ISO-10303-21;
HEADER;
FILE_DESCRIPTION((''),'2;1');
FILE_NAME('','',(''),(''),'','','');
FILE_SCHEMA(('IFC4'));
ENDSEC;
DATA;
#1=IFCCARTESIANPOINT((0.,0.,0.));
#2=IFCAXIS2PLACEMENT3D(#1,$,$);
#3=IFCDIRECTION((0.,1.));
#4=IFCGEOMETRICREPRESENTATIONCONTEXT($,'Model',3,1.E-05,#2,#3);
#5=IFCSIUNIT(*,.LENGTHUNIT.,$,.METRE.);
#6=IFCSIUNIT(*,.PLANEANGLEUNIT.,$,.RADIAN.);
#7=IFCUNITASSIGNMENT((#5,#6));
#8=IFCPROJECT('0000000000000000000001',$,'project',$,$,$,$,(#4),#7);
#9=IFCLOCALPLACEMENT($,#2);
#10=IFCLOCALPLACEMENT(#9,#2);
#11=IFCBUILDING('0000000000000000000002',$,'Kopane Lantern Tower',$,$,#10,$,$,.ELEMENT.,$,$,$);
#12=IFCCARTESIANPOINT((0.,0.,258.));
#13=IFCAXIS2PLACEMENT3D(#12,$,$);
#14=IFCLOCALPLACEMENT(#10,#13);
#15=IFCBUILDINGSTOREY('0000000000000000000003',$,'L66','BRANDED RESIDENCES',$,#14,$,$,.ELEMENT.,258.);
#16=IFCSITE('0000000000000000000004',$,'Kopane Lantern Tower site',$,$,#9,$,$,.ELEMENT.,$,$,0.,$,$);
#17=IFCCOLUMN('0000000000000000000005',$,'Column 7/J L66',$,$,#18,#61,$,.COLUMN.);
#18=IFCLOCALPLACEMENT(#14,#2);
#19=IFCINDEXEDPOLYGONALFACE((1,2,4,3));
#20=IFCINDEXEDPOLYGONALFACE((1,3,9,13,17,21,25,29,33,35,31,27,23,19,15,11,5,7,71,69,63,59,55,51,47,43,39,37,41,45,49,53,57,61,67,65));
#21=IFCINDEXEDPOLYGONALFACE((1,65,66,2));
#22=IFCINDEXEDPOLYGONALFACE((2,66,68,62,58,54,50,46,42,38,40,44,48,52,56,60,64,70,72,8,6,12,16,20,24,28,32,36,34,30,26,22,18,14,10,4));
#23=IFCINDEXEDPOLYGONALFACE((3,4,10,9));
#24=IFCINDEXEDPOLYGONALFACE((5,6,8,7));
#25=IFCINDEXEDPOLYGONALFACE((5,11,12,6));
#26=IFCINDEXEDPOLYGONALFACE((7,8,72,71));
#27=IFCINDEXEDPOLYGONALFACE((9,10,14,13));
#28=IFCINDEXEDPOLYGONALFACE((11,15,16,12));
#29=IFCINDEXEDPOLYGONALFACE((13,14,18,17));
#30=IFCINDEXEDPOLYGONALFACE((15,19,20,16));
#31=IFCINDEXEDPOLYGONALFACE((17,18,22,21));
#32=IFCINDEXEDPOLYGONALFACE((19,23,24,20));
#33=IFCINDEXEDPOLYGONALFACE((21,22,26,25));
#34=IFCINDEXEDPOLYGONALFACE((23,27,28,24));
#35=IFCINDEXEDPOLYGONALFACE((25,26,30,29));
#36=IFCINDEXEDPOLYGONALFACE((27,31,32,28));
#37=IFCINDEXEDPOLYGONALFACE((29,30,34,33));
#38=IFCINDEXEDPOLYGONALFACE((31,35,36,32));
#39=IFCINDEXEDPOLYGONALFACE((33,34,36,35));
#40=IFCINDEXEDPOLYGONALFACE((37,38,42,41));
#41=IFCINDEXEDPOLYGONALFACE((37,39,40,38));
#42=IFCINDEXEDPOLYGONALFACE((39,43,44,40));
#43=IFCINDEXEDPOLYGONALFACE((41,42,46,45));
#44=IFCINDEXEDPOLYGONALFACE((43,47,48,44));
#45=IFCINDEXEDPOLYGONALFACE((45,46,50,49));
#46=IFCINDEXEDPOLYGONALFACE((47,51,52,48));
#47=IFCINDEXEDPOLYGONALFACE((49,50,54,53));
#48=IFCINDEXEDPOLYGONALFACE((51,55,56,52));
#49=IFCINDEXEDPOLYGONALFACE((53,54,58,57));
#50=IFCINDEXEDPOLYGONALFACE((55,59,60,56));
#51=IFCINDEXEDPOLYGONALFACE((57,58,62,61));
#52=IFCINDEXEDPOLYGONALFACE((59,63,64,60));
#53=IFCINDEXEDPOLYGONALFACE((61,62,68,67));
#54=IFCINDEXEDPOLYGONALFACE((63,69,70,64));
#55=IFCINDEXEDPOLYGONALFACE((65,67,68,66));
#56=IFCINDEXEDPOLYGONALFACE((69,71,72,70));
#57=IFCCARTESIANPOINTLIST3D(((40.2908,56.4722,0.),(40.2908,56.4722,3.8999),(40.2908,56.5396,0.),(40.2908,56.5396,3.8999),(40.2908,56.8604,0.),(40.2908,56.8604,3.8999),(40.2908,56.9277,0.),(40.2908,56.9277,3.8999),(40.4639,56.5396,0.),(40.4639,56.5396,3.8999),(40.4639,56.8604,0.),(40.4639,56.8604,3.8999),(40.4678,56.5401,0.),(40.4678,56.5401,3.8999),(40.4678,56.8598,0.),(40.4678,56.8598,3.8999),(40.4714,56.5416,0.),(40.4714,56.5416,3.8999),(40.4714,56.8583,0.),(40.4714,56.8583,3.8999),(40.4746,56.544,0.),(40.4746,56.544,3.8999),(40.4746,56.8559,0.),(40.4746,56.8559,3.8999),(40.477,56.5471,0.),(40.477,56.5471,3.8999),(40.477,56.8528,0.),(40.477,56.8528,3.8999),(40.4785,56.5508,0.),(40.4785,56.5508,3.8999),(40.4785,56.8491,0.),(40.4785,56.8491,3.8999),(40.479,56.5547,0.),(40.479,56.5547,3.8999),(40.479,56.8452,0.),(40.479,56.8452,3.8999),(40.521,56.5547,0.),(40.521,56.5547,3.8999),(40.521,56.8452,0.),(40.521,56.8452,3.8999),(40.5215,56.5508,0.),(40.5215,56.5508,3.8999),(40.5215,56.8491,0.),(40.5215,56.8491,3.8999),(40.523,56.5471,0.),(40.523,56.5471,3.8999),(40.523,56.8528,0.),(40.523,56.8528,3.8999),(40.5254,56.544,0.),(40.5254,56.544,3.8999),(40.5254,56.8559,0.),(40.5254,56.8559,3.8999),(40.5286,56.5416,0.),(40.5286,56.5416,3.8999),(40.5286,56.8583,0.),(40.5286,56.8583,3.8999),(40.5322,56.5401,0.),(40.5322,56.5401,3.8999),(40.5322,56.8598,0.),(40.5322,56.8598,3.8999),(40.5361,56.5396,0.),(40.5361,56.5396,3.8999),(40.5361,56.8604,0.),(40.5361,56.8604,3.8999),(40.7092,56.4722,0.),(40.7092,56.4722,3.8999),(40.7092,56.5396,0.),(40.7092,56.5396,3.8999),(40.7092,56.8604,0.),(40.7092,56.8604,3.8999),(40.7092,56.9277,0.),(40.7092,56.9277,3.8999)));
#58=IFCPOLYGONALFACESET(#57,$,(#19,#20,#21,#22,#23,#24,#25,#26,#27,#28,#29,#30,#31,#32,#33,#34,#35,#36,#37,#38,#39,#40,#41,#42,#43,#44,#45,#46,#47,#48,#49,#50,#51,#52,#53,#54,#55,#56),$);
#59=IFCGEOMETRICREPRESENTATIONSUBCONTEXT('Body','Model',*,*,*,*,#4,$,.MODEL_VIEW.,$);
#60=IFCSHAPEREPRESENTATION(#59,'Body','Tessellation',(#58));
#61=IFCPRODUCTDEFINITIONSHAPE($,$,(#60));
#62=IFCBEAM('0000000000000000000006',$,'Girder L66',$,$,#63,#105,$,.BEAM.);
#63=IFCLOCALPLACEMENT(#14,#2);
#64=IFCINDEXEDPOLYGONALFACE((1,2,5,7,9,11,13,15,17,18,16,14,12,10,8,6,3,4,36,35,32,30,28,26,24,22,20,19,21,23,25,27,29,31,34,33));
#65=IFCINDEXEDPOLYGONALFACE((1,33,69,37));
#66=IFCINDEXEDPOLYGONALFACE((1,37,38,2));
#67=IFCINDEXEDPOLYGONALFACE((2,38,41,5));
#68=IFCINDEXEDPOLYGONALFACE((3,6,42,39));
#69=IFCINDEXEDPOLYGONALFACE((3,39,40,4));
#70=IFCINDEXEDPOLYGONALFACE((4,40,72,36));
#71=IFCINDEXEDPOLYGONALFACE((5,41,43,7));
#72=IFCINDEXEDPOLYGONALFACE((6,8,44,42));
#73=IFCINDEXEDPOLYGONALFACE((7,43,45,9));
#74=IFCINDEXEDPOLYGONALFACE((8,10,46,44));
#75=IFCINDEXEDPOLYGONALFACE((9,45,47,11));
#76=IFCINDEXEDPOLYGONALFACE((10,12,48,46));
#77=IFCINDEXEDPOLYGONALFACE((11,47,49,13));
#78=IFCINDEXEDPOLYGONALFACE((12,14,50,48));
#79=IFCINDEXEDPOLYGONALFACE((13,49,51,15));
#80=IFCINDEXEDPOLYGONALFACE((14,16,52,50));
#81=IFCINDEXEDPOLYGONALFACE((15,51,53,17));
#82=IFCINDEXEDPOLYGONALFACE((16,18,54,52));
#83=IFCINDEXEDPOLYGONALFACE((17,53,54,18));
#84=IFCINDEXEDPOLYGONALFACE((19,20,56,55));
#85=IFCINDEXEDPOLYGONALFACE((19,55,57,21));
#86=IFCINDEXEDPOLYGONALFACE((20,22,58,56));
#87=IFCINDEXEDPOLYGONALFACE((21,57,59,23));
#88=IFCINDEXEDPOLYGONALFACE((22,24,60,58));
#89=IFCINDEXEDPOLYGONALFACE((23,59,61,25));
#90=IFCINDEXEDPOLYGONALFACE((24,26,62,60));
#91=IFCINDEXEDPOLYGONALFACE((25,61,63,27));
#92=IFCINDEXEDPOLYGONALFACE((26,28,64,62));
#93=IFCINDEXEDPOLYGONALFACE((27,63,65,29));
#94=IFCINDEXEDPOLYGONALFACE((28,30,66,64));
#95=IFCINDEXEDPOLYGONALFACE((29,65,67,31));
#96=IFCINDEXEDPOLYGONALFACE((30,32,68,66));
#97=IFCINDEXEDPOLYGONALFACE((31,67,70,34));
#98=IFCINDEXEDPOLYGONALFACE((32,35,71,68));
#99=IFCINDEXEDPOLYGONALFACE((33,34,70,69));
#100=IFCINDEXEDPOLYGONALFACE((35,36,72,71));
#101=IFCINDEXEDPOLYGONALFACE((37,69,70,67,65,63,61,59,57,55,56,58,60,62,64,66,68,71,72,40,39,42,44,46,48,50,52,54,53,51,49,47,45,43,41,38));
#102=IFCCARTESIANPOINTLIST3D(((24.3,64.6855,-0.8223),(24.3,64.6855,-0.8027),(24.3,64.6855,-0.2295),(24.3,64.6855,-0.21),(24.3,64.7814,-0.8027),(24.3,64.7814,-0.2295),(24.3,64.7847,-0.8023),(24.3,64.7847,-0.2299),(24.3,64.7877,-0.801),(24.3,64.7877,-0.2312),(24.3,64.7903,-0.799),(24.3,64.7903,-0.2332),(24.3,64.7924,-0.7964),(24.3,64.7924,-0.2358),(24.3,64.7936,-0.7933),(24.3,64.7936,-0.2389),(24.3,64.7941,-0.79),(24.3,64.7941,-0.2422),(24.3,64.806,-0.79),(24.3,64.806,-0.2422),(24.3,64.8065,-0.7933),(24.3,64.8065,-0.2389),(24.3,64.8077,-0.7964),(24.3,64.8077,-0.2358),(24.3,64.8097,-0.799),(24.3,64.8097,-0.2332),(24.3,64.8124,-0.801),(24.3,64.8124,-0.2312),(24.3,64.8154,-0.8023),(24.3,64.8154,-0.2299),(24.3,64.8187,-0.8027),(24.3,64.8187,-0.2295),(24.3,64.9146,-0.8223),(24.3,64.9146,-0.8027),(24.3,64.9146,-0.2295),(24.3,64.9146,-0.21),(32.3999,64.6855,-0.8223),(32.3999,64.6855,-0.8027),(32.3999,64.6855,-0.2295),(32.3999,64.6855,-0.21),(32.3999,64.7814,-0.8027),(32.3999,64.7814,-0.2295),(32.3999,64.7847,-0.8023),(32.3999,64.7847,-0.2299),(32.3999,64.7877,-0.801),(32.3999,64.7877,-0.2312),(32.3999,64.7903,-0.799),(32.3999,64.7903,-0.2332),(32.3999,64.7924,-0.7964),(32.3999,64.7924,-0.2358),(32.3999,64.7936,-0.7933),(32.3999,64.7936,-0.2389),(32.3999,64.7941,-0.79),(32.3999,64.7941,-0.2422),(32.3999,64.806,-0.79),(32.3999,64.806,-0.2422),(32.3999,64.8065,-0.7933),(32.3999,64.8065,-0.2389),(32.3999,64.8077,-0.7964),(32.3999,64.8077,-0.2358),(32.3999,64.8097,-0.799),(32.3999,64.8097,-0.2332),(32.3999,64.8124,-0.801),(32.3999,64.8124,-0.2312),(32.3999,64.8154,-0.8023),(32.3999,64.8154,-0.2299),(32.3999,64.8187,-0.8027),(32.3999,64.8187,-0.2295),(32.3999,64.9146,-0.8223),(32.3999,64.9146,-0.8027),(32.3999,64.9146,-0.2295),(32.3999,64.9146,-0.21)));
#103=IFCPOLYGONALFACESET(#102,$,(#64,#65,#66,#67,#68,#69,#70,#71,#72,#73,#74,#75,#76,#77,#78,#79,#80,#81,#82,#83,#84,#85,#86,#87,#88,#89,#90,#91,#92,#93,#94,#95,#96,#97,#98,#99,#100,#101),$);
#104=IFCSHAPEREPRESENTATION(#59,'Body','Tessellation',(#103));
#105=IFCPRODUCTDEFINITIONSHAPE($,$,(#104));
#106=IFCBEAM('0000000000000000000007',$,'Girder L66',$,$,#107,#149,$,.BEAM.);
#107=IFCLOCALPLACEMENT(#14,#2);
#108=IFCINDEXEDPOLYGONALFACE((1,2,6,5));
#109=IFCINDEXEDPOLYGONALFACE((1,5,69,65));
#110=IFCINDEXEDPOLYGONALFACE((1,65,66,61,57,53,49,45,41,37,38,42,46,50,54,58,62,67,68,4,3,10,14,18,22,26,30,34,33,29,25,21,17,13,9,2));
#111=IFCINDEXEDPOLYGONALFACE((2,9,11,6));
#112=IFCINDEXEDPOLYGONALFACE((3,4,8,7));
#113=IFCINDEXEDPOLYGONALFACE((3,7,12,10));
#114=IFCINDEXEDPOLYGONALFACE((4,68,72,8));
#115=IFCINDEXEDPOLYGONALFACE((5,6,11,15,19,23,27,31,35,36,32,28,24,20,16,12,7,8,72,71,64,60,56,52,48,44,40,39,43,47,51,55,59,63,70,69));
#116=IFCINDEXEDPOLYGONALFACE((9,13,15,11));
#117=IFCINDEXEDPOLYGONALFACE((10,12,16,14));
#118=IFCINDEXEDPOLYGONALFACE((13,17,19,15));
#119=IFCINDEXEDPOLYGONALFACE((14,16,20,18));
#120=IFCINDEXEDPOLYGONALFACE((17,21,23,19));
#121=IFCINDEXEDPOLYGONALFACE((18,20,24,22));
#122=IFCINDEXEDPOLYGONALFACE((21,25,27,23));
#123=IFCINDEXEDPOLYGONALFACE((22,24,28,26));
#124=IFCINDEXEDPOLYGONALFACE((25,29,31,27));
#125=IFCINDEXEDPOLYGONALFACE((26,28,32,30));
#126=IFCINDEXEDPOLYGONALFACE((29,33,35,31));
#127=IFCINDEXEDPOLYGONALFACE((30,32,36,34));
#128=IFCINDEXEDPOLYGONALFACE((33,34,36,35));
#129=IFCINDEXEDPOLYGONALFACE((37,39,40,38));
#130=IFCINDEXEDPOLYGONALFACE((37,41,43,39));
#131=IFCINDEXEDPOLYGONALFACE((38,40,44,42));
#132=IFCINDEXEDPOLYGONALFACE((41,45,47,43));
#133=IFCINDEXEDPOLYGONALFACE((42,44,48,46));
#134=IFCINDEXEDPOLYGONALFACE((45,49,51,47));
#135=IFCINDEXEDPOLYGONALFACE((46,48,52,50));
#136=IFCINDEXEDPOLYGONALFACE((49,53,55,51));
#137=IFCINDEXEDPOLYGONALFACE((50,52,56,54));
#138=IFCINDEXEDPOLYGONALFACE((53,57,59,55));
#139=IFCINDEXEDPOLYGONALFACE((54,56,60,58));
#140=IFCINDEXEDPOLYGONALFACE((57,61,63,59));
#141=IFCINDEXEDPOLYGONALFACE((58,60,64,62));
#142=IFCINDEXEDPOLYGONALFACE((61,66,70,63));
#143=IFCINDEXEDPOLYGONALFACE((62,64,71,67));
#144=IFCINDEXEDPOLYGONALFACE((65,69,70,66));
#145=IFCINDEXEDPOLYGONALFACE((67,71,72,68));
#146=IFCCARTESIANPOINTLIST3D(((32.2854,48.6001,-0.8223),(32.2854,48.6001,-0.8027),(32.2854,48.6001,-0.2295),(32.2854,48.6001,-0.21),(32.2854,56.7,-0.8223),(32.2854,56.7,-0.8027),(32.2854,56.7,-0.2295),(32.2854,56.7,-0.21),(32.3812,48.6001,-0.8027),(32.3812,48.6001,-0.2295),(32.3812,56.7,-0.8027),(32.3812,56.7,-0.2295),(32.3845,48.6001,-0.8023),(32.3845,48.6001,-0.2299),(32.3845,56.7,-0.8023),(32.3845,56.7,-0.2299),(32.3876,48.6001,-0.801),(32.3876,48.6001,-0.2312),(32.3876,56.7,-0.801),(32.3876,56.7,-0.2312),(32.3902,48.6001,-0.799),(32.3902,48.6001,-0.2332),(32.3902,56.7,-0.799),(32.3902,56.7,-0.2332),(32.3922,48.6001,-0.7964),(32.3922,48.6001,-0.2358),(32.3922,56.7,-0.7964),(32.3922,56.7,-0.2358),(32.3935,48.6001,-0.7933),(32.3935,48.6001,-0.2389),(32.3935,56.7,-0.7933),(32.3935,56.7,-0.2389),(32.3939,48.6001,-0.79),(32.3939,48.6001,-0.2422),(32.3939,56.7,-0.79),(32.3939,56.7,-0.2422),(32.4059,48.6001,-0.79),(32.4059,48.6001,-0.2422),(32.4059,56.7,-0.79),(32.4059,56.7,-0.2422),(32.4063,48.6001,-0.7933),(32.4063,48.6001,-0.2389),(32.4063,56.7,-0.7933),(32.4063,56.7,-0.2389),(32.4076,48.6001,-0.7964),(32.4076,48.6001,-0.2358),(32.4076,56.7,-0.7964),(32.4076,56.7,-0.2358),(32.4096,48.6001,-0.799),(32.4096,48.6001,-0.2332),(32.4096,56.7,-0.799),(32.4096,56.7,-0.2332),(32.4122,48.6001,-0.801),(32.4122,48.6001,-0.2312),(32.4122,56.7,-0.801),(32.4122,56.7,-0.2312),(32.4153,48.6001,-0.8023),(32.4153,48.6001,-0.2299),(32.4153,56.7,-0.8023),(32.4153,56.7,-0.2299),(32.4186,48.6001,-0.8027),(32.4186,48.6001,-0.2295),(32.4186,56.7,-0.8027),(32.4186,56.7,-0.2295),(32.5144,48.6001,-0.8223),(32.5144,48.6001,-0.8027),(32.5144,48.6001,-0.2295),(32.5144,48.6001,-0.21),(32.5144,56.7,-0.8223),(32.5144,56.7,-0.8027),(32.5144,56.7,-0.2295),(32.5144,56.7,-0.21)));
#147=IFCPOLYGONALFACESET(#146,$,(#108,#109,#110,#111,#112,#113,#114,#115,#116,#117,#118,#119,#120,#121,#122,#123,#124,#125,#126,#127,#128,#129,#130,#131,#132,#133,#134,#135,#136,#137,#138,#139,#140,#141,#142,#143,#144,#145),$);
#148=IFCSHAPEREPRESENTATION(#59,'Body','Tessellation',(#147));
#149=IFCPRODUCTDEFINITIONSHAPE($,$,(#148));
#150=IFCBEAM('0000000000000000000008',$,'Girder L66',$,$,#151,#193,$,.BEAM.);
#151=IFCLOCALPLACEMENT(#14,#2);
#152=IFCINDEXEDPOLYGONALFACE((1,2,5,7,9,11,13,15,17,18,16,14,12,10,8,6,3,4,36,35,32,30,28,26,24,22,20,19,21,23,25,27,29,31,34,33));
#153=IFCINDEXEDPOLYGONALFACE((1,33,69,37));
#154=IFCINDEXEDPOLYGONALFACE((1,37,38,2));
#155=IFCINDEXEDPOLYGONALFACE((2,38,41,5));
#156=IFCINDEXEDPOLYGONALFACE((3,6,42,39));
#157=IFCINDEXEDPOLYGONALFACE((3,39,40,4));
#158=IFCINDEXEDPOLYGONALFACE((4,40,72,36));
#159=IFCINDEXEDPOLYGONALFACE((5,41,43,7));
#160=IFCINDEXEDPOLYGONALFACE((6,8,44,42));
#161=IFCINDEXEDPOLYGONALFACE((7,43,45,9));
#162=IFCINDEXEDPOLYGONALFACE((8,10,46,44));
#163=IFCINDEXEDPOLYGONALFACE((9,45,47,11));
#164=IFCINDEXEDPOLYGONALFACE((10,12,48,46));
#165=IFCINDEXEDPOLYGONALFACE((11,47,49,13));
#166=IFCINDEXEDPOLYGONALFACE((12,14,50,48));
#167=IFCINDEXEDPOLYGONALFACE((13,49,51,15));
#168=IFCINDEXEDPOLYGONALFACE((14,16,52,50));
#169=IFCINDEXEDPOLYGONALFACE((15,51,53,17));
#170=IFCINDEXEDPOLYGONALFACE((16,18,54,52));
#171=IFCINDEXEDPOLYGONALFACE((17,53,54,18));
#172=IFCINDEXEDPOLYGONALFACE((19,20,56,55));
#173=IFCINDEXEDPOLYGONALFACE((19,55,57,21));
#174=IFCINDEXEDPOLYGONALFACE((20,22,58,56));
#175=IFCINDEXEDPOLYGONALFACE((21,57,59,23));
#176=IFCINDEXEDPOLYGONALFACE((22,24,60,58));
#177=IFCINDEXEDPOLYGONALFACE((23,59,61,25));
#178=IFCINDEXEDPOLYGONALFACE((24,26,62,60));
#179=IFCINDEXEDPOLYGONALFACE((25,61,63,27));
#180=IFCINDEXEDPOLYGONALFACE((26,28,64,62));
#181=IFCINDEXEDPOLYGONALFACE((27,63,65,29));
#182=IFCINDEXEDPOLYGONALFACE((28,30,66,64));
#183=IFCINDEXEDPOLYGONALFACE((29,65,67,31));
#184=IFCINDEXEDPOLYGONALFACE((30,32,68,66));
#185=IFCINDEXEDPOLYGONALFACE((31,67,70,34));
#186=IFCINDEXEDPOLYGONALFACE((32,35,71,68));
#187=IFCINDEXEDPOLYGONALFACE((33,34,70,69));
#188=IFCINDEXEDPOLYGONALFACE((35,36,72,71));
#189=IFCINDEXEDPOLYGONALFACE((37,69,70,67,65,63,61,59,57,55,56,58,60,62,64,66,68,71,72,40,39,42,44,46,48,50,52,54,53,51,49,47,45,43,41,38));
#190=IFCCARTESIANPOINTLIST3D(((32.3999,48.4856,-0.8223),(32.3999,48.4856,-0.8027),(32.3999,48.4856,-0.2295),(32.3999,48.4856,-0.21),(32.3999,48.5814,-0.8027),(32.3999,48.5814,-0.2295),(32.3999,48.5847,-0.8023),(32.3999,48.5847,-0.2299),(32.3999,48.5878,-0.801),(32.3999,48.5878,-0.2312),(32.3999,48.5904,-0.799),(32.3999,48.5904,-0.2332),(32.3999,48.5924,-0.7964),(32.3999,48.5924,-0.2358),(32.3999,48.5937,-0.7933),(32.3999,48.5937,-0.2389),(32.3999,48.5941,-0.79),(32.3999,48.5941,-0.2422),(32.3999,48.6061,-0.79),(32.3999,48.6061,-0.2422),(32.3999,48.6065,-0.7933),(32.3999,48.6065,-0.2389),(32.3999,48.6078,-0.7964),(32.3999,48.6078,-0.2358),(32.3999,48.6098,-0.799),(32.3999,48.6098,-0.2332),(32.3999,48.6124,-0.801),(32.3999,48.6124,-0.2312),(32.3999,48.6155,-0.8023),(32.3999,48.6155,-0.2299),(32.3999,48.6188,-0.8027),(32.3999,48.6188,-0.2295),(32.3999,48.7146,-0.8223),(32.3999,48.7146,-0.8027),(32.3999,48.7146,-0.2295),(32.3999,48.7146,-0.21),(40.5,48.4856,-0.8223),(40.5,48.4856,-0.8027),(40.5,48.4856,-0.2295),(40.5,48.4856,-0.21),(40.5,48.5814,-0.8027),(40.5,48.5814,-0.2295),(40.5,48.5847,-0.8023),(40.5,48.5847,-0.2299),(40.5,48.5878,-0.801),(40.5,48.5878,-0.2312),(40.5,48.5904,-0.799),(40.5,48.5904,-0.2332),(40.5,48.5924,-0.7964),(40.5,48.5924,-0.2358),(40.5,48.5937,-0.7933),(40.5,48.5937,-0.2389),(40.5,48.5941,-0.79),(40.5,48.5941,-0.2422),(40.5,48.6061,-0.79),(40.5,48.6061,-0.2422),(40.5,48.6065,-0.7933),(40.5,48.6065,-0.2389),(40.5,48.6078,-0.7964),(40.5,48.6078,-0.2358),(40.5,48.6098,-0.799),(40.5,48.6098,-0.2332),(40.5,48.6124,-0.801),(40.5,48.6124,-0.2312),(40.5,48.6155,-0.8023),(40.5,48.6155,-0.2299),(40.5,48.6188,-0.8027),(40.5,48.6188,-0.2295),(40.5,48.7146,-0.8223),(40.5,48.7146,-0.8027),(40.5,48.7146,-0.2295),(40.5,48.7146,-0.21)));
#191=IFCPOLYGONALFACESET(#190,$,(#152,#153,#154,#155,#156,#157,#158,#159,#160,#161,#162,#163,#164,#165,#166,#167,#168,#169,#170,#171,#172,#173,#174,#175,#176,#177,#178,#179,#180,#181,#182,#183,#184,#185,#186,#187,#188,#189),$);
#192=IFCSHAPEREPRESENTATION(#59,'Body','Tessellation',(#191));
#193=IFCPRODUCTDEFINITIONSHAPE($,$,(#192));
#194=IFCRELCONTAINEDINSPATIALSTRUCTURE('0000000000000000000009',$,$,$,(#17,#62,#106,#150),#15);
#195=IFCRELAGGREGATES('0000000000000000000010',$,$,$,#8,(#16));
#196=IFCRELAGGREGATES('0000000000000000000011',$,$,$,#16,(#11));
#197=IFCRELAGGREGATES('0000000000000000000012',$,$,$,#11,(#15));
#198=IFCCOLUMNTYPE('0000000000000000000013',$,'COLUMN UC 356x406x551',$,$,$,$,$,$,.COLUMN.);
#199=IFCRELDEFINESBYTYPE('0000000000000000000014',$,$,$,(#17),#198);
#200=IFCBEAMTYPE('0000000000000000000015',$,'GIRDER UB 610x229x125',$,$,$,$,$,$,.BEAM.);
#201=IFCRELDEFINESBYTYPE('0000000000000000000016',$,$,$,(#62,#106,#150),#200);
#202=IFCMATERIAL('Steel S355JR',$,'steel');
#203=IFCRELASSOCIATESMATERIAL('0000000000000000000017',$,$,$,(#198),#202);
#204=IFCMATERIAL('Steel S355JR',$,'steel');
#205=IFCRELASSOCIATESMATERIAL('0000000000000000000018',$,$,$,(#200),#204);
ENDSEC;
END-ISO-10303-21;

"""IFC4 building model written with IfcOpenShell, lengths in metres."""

from ifc_helpers import new_model, si_unit, direction, frame, origin, origin_2d, place, context, subcontext, project, spatial, i_section, extrude, material, material_profile, profile_set, type_object, element, save


model = new_model("IFC4")

# Units and contexts
model_context = context("Model", 3, precision=1e-05, world=origin(), true_north=direction((0.0, 1.0)))
body_context = subcontext(model_context, "Body", "Model", "MODEL_VIEW")
ifc_project = project(units=[si_unit("LENGTHUNIT", "METRE"), si_unit("PLANEANGLEUNIT", "RADIAN")], contexts=[model_context])

# Site, building, storey
site_placement = place(None, origin())
site = spatial("IfcSite", under=ifc_project, at=site_placement, Name="Kopane Lantern Tower site", CompositionType="ELEMENT", RefElevation=0.0)
building_placement = place(site_placement, origin())
building = spatial("IfcBuilding", under=site, at=building_placement, Name="Kopane Lantern Tower", CompositionType="ELEMENT")
storey_placement = place(building_placement, frame((0.0, 0.0, 258.0)))
storey = spatial("IfcBuildingStorey", under=building, at=storey_placement, Name="L66", Description="BRANDED RESIDENCES", CompositionType="ELEMENT", Elevation=258.0)

# Column
ifc_material_1 = material(Name="Steel S355JR", Category="steel")
ifc_material_profile_1 = material_profile(ifc_material_1, i_section(OverallWidth=0.4185, OverallDepth=0.4556, WebThickness=0.042, FlangeThickness=0.0674, FilletRadius=0.0151, at=origin_2d()), Name="UC 356x406x551")
ifc_profile_set_1 = profile_set([ifc_material_profile_1], Name="Steel S355JR")
column_type_1 = type_object("IfcColumnType", Name="COLUMN UC 356x406x551", PredefinedType="COLUMN", material=ifc_profile_set_1)
for number, where, z_axis, x_axis, name in (
    (1, (40.5, 56.7, 0.0), (0.0, 0.0, 1.0), (1.0, 0.0, 0.0), "Column 7/J L66"),
):
    element("IfcColumn", number, at=place(storey_placement, frame(where, z_axis=z_axis, x_axis=x_axis)), inside=storey, type_object=column_type_1, Name=name, PredefinedType="COLUMN", context=body_context, shape_type="SweptSolid", body=[
        extrude(i_section(OverallWidth=0.4185, OverallDepth=0.4556, WebThickness=0.042, FlangeThickness=0.0674, FilletRadius=0.0151, at=origin_2d()), origin(), (0.0, 0.0, 1.0), 3.8999),
    ])

# Beams
ifc_material_2 = material(Name="Steel S355JR", Category="steel")
ifc_material_profile_2 = material_profile(ifc_material_2, i_section(OverallWidth=0.229, OverallDepth=0.6123, WebThickness=0.012, FlangeThickness=0.0195, FilletRadius=0.0127, at=origin_2d()), Name="UB 610x229x125")
ifc_profile_set_2 = profile_set([ifc_material_profile_2], Name="Steel S355JR")
beam_type = type_object("IfcBeamType", Name="GIRDER UB 610x229x125", PredefinedType="BEAM", material=ifc_profile_set_2)
for number, where, z_axis, x_axis, name in (
    (2, (24.3, 64.8, -0.5161), (1.0, 0.0, 0.0), (0.0, 1.0, 0.0), "Girder L66"),
    (3, (32.3999, 48.6001, -0.5161), (0.0, 1.0, 0.0), (-1.0, 0.0, 0.0), "Girder L66"),
):
    element("IfcBeam", number, at=place(storey_placement, frame(where, z_axis=z_axis, x_axis=x_axis)), inside=storey, type_object=beam_type, Name=name, PredefinedType="BEAM", context=body_context, shape_type="SweptSolid", body=[
        extrude(i_section(OverallWidth=0.229, OverallDepth=0.6123, WebThickness=0.012, FlangeThickness=0.0195, FilletRadius=0.0127, at=origin_2d()), origin(), (0.0, 0.0, 1.0), 8.0999),
    ])
for number, where, z_axis, x_axis, name in (
    (4, (32.3999, 48.6001, -0.5161), (1.0, 0.0, 0.0), (0.0, 1.0, 0.0), "Girder L66"),
):
    element("IfcBeam", number, at=place(storey_placement, frame(where, z_axis=z_axis, x_axis=x_axis)), inside=storey, type_object=beam_type, Name=name, PredefinedType="BEAM", context=body_context, shape_type="SweptSolid", body=[
        extrude(i_section(OverallWidth=0.229, OverallDepth=0.6123, WebThickness=0.012, FlangeThickness=0.0195, FilletRadius=0.0127, at=origin_2d()), origin(), (0.0, 0.0, 1.0), 8.1001),
    ])

save(model, "model.ifc")
